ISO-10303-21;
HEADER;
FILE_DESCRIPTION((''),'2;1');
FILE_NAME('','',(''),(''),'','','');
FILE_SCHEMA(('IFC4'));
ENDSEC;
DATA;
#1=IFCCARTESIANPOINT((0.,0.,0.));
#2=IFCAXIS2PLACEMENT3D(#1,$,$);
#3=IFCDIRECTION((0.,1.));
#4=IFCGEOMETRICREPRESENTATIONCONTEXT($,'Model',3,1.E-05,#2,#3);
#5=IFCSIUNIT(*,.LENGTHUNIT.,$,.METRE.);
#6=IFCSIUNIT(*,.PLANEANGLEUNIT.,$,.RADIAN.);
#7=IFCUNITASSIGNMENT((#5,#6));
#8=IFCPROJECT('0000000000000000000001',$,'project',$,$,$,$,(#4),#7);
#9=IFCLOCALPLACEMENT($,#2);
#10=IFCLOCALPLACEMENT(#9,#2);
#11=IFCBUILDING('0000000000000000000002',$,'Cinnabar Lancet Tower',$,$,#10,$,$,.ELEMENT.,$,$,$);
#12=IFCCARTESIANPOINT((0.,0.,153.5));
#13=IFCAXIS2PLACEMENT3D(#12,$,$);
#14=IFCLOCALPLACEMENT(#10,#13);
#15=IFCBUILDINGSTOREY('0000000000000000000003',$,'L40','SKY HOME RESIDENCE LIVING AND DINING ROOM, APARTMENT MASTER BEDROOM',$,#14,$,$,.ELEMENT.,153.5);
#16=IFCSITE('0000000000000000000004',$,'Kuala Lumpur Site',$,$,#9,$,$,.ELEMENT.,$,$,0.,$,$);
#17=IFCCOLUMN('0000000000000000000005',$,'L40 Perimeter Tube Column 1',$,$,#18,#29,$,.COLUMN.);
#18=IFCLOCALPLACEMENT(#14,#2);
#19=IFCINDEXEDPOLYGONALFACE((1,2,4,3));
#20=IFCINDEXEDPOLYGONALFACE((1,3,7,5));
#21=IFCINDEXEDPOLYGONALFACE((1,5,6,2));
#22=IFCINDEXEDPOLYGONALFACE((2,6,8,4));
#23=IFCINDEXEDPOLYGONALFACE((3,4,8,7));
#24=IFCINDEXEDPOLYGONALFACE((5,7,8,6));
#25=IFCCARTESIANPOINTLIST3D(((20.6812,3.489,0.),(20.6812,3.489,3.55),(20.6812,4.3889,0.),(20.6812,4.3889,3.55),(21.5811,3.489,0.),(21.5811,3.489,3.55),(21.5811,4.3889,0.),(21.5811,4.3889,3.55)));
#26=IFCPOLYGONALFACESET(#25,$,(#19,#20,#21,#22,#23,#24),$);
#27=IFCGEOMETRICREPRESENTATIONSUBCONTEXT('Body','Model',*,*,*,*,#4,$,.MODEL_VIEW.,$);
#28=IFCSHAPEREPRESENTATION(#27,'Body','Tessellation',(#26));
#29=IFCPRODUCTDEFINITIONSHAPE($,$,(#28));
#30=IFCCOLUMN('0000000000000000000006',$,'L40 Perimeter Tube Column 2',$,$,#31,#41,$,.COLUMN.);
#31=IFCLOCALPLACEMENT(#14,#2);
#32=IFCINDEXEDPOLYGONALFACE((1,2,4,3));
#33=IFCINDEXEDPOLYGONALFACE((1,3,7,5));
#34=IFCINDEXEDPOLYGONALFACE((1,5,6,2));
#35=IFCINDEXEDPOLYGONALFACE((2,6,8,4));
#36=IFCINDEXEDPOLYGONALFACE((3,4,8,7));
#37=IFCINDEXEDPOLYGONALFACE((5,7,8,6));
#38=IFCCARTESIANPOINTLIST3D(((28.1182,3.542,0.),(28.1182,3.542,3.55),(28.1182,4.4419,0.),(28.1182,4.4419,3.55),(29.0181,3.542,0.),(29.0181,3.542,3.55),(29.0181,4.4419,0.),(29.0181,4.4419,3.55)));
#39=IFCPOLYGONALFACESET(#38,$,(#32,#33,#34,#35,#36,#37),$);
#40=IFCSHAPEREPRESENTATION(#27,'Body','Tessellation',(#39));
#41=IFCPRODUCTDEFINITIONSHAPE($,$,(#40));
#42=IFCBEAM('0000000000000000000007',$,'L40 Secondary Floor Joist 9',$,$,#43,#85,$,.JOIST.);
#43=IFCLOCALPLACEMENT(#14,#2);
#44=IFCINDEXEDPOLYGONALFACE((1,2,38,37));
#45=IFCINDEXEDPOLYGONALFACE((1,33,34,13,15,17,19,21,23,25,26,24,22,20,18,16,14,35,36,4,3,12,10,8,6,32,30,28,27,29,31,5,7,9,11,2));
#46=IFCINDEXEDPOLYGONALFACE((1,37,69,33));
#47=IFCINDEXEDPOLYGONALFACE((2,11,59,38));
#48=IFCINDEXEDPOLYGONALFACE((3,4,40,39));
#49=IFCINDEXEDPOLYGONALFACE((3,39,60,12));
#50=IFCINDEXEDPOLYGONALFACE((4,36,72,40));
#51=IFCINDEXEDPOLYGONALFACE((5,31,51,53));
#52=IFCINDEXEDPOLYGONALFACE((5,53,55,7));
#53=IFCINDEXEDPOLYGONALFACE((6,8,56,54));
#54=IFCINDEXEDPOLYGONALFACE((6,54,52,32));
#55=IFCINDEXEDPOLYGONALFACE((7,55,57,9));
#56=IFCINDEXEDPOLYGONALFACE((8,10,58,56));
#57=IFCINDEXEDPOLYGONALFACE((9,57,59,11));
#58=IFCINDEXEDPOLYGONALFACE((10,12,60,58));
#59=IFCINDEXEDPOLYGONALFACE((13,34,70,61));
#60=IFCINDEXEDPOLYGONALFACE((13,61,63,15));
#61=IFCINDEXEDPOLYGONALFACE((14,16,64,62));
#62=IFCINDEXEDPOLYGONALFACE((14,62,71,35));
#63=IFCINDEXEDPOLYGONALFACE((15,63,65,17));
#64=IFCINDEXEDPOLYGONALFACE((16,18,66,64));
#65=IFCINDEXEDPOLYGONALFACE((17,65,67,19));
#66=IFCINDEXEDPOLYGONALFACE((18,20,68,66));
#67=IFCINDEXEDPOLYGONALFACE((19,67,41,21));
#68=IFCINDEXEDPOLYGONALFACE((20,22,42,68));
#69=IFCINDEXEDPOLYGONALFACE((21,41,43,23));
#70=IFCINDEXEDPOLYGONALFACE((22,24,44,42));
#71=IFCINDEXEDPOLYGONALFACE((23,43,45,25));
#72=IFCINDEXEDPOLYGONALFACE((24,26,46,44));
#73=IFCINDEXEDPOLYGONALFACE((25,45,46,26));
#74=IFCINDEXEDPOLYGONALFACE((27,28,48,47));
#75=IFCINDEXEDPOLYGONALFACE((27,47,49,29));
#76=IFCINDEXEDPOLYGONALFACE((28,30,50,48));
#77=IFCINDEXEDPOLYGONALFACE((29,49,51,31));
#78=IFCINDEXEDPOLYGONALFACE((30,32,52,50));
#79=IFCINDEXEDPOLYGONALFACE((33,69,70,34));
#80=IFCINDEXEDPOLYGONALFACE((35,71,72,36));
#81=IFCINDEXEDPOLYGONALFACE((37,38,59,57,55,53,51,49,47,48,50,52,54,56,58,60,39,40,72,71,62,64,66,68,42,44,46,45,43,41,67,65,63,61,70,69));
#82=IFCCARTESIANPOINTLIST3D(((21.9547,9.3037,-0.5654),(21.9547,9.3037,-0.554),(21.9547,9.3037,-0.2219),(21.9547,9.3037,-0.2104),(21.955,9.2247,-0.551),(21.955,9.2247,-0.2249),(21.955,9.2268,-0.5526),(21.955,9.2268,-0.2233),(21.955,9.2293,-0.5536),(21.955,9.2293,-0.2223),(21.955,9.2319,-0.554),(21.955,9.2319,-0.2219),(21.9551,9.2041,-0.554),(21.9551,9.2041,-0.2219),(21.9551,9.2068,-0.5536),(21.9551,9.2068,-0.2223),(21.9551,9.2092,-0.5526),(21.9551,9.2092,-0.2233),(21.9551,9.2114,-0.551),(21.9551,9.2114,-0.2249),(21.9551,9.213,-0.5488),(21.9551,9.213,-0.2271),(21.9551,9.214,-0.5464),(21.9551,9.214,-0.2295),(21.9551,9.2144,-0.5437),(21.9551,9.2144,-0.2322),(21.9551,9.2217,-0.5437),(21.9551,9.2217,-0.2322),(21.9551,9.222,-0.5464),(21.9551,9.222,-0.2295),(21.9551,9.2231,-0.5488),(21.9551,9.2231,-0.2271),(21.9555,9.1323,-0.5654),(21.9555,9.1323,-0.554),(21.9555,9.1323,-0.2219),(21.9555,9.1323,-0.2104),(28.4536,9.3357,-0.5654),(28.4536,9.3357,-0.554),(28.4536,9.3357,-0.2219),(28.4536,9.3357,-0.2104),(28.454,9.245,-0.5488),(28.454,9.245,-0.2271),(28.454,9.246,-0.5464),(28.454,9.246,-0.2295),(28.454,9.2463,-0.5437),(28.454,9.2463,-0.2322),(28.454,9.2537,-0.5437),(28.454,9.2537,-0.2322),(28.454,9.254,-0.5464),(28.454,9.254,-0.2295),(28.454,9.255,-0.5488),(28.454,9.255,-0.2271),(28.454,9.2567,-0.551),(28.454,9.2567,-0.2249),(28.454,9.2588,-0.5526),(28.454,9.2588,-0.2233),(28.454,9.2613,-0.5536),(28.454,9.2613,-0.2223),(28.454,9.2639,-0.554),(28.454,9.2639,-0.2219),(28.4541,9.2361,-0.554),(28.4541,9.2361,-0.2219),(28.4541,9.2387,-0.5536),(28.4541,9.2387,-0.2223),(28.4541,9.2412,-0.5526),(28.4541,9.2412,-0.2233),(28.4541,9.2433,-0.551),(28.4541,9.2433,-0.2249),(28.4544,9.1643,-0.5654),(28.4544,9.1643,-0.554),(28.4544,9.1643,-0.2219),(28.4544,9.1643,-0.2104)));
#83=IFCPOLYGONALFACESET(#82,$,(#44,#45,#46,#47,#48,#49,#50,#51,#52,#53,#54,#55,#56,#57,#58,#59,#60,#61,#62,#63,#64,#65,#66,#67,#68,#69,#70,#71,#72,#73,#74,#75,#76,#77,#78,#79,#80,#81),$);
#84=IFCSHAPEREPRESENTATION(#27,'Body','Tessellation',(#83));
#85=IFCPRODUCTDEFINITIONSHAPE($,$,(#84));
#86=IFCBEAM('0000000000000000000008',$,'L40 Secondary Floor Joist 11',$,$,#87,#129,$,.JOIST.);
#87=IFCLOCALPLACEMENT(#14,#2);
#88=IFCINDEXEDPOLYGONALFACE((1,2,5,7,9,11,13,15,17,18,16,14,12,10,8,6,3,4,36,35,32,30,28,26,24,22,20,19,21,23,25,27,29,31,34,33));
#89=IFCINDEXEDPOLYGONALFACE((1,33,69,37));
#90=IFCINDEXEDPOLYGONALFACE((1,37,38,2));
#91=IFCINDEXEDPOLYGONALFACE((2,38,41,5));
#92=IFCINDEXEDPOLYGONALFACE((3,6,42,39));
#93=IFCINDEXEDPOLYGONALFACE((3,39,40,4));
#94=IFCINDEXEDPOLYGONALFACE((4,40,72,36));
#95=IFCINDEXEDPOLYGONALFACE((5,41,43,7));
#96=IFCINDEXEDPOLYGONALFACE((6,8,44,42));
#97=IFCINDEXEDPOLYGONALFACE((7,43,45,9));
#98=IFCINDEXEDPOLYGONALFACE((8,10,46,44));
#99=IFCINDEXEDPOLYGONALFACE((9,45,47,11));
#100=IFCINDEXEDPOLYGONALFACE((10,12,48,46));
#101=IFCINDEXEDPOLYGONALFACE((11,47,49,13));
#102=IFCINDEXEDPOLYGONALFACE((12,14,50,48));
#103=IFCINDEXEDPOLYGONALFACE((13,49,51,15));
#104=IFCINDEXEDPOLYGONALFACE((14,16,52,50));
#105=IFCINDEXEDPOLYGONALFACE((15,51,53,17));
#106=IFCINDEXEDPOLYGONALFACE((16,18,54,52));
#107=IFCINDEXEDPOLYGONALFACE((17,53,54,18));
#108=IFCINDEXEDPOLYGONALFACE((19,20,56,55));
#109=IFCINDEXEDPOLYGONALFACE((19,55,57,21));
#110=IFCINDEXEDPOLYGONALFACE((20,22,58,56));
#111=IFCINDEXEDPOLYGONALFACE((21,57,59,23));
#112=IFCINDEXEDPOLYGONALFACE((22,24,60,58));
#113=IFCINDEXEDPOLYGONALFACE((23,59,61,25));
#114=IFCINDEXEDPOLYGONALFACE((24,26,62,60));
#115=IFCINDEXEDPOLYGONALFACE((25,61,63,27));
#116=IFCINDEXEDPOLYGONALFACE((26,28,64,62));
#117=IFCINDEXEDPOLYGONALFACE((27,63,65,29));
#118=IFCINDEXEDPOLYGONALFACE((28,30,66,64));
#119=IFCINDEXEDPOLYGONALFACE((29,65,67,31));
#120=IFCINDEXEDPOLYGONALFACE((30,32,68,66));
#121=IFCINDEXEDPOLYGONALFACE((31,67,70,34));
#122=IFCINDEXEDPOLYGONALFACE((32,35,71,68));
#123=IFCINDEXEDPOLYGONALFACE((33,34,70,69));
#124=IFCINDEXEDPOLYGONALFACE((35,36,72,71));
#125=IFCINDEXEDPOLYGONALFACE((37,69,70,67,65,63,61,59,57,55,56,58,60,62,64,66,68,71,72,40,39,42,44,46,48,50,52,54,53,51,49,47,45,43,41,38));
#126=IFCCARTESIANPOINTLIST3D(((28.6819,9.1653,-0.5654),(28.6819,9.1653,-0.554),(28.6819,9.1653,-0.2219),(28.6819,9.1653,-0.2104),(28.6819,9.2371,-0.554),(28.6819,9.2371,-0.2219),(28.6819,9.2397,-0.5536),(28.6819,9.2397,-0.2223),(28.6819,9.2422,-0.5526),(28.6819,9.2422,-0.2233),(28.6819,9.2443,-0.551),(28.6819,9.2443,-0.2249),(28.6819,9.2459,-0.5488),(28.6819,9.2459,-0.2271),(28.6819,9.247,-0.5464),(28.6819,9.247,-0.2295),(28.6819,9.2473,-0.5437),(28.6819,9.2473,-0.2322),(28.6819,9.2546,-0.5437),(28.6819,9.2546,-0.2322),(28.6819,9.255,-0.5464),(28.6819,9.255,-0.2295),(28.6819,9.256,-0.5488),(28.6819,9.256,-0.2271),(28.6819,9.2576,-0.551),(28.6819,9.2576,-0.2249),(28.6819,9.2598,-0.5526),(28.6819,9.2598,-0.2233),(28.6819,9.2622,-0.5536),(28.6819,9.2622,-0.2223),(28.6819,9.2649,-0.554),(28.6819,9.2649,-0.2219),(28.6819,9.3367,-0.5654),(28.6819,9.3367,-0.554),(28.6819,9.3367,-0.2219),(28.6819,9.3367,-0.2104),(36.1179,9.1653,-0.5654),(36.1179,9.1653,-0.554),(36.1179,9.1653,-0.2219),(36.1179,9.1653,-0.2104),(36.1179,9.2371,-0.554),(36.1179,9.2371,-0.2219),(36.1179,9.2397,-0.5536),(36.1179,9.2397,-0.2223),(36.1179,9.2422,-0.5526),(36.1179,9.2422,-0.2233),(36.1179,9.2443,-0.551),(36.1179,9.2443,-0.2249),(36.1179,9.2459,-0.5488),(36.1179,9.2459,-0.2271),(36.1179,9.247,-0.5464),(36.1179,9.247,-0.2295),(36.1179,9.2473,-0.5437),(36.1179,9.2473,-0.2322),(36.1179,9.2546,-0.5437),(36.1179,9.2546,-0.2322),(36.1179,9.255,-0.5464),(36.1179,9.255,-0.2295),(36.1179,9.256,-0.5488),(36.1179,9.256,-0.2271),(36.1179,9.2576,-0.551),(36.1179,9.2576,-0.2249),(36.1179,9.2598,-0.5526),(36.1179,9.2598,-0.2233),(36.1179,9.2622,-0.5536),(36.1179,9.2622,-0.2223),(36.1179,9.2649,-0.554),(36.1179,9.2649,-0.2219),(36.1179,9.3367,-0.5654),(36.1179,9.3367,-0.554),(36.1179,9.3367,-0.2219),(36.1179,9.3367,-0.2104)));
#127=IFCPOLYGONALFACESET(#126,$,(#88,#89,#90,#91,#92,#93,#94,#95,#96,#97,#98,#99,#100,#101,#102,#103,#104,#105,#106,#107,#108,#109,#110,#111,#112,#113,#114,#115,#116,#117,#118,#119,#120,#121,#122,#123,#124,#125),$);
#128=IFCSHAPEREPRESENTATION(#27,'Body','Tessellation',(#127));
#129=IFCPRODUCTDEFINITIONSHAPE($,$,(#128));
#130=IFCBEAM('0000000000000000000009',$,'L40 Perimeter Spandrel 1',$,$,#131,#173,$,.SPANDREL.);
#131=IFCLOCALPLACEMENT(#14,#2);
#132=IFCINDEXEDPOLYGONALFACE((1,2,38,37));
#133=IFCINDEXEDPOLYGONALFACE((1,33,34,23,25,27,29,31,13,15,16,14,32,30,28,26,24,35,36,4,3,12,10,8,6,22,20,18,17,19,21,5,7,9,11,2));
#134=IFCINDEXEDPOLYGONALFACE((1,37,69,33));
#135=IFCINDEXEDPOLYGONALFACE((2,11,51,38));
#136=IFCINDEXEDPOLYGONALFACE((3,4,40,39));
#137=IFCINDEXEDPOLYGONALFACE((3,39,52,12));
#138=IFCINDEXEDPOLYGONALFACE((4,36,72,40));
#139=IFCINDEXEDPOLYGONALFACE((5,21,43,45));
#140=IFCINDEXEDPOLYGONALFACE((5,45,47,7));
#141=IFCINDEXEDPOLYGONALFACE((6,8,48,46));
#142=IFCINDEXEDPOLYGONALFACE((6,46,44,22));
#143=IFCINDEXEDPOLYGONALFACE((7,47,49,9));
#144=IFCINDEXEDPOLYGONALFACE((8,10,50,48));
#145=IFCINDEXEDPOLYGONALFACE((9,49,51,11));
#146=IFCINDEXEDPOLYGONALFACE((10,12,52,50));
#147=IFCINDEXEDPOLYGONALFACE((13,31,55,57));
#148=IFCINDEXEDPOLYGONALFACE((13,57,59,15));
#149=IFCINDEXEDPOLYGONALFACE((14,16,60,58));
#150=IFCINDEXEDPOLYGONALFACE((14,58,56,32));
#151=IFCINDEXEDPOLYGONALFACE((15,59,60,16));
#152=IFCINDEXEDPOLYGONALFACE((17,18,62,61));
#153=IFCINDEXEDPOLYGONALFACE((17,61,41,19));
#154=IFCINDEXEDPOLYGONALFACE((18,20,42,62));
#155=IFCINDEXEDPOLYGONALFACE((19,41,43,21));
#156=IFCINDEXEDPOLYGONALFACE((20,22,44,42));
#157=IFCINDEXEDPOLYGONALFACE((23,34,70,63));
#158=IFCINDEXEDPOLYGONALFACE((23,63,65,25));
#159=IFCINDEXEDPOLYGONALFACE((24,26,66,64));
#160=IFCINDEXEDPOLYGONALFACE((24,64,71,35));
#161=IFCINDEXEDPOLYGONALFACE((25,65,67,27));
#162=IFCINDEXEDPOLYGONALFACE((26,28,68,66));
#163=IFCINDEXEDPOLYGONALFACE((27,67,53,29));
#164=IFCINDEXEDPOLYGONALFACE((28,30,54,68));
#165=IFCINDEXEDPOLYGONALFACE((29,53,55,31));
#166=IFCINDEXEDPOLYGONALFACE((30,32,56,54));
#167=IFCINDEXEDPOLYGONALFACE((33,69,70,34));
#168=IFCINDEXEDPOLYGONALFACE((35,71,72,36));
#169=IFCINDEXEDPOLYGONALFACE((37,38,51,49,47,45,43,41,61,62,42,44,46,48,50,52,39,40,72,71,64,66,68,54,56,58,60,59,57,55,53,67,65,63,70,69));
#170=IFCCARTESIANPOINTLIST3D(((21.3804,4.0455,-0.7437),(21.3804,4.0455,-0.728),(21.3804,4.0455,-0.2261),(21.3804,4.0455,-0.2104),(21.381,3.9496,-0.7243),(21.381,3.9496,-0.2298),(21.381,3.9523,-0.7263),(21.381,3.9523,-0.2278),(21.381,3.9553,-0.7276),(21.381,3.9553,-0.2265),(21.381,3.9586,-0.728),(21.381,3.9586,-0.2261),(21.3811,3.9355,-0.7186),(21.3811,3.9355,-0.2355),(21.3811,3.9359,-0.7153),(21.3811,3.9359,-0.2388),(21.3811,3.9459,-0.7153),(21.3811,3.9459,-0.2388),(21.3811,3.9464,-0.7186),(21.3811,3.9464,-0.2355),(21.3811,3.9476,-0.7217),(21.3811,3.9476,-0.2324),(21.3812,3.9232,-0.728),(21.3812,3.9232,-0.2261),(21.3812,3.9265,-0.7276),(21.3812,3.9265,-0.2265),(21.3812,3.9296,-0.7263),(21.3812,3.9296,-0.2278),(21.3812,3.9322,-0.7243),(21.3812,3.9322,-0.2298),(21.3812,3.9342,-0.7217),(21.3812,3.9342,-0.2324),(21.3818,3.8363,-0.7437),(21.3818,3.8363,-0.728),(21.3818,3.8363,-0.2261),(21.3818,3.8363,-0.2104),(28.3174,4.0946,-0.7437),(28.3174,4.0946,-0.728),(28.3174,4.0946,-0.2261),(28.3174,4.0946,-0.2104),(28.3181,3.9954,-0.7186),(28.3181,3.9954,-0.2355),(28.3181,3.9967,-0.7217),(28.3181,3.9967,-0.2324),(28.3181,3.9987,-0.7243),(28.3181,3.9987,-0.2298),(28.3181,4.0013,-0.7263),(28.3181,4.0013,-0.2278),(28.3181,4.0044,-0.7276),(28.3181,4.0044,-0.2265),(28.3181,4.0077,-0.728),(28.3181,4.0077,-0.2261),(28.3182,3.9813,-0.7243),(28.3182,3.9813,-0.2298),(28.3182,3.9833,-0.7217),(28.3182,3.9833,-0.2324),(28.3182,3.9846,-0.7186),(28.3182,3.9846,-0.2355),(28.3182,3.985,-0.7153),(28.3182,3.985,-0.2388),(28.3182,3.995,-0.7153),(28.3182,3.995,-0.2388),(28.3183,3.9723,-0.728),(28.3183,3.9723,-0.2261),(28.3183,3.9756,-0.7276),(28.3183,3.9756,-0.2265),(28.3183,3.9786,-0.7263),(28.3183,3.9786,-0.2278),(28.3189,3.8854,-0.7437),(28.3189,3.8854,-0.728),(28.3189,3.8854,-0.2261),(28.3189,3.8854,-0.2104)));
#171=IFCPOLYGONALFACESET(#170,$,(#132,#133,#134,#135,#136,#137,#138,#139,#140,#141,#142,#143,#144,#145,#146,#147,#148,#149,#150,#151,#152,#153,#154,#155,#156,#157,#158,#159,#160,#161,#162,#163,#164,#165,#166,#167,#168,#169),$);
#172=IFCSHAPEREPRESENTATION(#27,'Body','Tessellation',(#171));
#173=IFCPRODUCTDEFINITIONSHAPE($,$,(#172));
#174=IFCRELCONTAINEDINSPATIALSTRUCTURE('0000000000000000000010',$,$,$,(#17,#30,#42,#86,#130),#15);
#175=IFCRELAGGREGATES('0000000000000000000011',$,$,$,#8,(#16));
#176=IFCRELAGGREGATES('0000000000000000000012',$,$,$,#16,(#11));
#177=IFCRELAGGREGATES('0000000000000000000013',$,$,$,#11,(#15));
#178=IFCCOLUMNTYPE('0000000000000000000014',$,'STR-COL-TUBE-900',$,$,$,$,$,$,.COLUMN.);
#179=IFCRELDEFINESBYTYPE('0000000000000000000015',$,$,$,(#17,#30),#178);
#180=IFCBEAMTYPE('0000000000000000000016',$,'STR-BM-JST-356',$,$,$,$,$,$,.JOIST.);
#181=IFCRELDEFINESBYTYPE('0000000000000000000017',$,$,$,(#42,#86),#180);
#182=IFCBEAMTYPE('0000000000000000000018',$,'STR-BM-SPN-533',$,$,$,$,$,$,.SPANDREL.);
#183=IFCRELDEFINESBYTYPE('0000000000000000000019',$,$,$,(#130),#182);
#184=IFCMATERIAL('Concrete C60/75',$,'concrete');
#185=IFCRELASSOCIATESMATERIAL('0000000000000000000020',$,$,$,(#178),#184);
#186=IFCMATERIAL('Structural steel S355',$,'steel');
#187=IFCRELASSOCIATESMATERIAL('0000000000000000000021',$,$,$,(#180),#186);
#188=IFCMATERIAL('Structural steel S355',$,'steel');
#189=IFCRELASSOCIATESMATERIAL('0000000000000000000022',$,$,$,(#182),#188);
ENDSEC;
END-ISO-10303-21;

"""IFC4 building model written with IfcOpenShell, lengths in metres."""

from ifc_helpers import new_model, si_unit, direction, frame, origin, origin_2d, place, context, subcontext, project, spatial, rectangle, i_section, extrude, material, material_profile, profile_set, type_object, element, save


model = new_model("IFC4")

# Units and contexts
model_context = context("Model", 3, precision=1e-05, world=origin(), true_north=direction((0.0, 1.0)))
body_context = subcontext(model_context, "Body", "Model", "MODEL_VIEW")
ifc_project = project(units=[si_unit("LENGTHUNIT", "METRE"), si_unit("PLANEANGLEUNIT", "RADIAN")], contexts=[model_context])

# Site, building, storey
site_placement = place(None, origin())
site = spatial("IfcSite", under=ifc_project, at=site_placement, Name="Kuala Lumpur Site", CompositionType="ELEMENT", RefElevation=0.0)
building_placement = place(site_placement, origin())
building = spatial("IfcBuilding", under=site, at=building_placement, Name="Cinnabar Lancet Tower", CompositionType="ELEMENT")
storey_placement = place(building_placement, frame((0.0, 0.0, 153.5)))
storey = spatial("IfcBuildingStorey", under=building, at=storey_placement, Name="L40", Description="SKY HOME RESIDENCE LIVING AND DINING ROOM, APARTMENT MASTER BEDROOM", CompositionType="ELEMENT", Elevation=153.5)

# Columns
ifc_material_1 = material(Name="Concrete C60/75", Category="concrete")
ifc_material_profile_1 = material_profile(ifc_material_1, rectangle(XDim=0.8999, YDim=0.8999, at=origin_2d()), Name="RC-COL 900x900")
ifc_profile_set_1 = profile_set([ifc_material_profile_1], Name="Concrete C60/75")
column_type = type_object("IfcColumnType", Name="STR-COL-TUBE-900", PredefinedType="COLUMN", material=ifc_profile_set_1)
for number, where, z_axis, x_axis, name in (
    (1, (21.1311, 3.939, 0.0), (0.0, 0.0, 1.0), (1.0, 0.0, 0.0), "L40 Perimeter Tube Column 1"),
    (2, (28.5681, 3.9919, 0.0), (0.0, 0.0, 1.0), (1.0, 0.0, 0.0), "L40 Perimeter Tube Column 2"),
):
    element("IfcColumn", number, at=place(storey_placement, frame(where, z_axis=z_axis, x_axis=x_axis)), inside=storey, type_object=column_type, Name=name, PredefinedType="COLUMN", context=body_context, shape_type="SweptSolid", body=[
        extrude(rectangle(XDim=0.8999, YDim=0.8999, at=origin_2d()), origin(), (0.0, 0.0, 1.0), 3.55),
    ])

# Beams
ifc_material_2 = material(Name="Structural steel S355", Category="steel")
ifc_material_profile_2 = material_profile(ifc_material_2, i_section(OverallWidth=0.1714, OverallDepth=0.355, WebThickness=0.0073, FlangeThickness=0.0115, FilletRadius=0.0103, at=origin_2d()), Name="UKB 356x171x51")
ifc_profile_set_2 = profile_set([ifc_material_profile_2], Name="Structural steel S355")
beam_type_1 = type_object("IfcBeamType", Name="STR-BM-JST-356", PredefinedType="JOIST", material=ifc_profile_set_2)
beam_1_placement = place(storey_placement, frame((21.9551, 9.218, -0.3879), z_axis=(0.999988, 0.004921, 0.0), x_axis=(-0.004921, 0.999988, 0.0)))
element("IfcBeam", 3, at=beam_1_placement, inside=storey, type_object=beam_type_1, Name="L40 Secondary Floor Joist 9", PredefinedType="JOIST", context=body_context, shape_type="SweptSolid", body=[
    extrude(i_section(OverallWidth=0.1714, OverallDepth=0.355, WebThickness=0.0073, FlangeThickness=0.0115, FilletRadius=0.0103, at=origin_2d()), origin(), (0.0, 0.0, 1.0), 6.499),
])
beam_2_placement = place(storey_placement, frame((28.6819, 9.251, -0.3879), z_axis=(1.0, 0.0, 0.0), x_axis=(0.0, 1.0, 0.0)))
element("IfcBeam", 4, at=beam_2_placement, inside=storey, type_object=beam_type_1, Name="L40 Secondary Floor Joist 11", PredefinedType="JOIST", context=body_context, shape_type="SweptSolid", body=[
    extrude(i_section(OverallWidth=0.1714, OverallDepth=0.355, WebThickness=0.0073, FlangeThickness=0.0115, FilletRadius=0.0103, at=origin_2d()), origin(), (0.0, 0.0, 1.0), 7.436),
])
ifc_material_3 = material(Name="Structural steel S355", Category="steel")
ifc_material_profile_3 = material_profile(ifc_material_3, i_section(OverallWidth=0.2092, OverallDepth=0.5332, WebThickness=0.01, FlangeThickness=0.0156, FilletRadius=0.0127, at=origin_2d()), Name="UKB 533x210x92")
ifc_profile_set_3 = profile_set([ifc_material_profile_3], Name="Structural steel S355")
beam_type_2 = type_object("IfcBeamType", Name="STR-BM-SPN-533", PredefinedType="SPANDREL", material=ifc_profile_set_3)
beam_3_placement = place(storey_placement, frame((21.3811, 3.9409, -0.4771), z_axis=(0.999975, 0.007074, 0.0), x_axis=(-0.007074, 0.999975, 0.0)))
element("IfcBeam", 5, at=beam_3_placement, inside=storey, type_object=beam_type_2, Name="L40 Perimeter Spandrel 1", PredefinedType="SPANDREL", context=body_context, shape_type="SweptSolid", body=[
    extrude(i_section(OverallWidth=0.2092, OverallDepth=0.5332, WebThickness=0.01, FlangeThickness=0.0156, FilletRadius=0.0127, at=origin_2d()), origin(), (0.0, 0.0, 1.0), 6.9373),
])

save(model, "model.ifc")
